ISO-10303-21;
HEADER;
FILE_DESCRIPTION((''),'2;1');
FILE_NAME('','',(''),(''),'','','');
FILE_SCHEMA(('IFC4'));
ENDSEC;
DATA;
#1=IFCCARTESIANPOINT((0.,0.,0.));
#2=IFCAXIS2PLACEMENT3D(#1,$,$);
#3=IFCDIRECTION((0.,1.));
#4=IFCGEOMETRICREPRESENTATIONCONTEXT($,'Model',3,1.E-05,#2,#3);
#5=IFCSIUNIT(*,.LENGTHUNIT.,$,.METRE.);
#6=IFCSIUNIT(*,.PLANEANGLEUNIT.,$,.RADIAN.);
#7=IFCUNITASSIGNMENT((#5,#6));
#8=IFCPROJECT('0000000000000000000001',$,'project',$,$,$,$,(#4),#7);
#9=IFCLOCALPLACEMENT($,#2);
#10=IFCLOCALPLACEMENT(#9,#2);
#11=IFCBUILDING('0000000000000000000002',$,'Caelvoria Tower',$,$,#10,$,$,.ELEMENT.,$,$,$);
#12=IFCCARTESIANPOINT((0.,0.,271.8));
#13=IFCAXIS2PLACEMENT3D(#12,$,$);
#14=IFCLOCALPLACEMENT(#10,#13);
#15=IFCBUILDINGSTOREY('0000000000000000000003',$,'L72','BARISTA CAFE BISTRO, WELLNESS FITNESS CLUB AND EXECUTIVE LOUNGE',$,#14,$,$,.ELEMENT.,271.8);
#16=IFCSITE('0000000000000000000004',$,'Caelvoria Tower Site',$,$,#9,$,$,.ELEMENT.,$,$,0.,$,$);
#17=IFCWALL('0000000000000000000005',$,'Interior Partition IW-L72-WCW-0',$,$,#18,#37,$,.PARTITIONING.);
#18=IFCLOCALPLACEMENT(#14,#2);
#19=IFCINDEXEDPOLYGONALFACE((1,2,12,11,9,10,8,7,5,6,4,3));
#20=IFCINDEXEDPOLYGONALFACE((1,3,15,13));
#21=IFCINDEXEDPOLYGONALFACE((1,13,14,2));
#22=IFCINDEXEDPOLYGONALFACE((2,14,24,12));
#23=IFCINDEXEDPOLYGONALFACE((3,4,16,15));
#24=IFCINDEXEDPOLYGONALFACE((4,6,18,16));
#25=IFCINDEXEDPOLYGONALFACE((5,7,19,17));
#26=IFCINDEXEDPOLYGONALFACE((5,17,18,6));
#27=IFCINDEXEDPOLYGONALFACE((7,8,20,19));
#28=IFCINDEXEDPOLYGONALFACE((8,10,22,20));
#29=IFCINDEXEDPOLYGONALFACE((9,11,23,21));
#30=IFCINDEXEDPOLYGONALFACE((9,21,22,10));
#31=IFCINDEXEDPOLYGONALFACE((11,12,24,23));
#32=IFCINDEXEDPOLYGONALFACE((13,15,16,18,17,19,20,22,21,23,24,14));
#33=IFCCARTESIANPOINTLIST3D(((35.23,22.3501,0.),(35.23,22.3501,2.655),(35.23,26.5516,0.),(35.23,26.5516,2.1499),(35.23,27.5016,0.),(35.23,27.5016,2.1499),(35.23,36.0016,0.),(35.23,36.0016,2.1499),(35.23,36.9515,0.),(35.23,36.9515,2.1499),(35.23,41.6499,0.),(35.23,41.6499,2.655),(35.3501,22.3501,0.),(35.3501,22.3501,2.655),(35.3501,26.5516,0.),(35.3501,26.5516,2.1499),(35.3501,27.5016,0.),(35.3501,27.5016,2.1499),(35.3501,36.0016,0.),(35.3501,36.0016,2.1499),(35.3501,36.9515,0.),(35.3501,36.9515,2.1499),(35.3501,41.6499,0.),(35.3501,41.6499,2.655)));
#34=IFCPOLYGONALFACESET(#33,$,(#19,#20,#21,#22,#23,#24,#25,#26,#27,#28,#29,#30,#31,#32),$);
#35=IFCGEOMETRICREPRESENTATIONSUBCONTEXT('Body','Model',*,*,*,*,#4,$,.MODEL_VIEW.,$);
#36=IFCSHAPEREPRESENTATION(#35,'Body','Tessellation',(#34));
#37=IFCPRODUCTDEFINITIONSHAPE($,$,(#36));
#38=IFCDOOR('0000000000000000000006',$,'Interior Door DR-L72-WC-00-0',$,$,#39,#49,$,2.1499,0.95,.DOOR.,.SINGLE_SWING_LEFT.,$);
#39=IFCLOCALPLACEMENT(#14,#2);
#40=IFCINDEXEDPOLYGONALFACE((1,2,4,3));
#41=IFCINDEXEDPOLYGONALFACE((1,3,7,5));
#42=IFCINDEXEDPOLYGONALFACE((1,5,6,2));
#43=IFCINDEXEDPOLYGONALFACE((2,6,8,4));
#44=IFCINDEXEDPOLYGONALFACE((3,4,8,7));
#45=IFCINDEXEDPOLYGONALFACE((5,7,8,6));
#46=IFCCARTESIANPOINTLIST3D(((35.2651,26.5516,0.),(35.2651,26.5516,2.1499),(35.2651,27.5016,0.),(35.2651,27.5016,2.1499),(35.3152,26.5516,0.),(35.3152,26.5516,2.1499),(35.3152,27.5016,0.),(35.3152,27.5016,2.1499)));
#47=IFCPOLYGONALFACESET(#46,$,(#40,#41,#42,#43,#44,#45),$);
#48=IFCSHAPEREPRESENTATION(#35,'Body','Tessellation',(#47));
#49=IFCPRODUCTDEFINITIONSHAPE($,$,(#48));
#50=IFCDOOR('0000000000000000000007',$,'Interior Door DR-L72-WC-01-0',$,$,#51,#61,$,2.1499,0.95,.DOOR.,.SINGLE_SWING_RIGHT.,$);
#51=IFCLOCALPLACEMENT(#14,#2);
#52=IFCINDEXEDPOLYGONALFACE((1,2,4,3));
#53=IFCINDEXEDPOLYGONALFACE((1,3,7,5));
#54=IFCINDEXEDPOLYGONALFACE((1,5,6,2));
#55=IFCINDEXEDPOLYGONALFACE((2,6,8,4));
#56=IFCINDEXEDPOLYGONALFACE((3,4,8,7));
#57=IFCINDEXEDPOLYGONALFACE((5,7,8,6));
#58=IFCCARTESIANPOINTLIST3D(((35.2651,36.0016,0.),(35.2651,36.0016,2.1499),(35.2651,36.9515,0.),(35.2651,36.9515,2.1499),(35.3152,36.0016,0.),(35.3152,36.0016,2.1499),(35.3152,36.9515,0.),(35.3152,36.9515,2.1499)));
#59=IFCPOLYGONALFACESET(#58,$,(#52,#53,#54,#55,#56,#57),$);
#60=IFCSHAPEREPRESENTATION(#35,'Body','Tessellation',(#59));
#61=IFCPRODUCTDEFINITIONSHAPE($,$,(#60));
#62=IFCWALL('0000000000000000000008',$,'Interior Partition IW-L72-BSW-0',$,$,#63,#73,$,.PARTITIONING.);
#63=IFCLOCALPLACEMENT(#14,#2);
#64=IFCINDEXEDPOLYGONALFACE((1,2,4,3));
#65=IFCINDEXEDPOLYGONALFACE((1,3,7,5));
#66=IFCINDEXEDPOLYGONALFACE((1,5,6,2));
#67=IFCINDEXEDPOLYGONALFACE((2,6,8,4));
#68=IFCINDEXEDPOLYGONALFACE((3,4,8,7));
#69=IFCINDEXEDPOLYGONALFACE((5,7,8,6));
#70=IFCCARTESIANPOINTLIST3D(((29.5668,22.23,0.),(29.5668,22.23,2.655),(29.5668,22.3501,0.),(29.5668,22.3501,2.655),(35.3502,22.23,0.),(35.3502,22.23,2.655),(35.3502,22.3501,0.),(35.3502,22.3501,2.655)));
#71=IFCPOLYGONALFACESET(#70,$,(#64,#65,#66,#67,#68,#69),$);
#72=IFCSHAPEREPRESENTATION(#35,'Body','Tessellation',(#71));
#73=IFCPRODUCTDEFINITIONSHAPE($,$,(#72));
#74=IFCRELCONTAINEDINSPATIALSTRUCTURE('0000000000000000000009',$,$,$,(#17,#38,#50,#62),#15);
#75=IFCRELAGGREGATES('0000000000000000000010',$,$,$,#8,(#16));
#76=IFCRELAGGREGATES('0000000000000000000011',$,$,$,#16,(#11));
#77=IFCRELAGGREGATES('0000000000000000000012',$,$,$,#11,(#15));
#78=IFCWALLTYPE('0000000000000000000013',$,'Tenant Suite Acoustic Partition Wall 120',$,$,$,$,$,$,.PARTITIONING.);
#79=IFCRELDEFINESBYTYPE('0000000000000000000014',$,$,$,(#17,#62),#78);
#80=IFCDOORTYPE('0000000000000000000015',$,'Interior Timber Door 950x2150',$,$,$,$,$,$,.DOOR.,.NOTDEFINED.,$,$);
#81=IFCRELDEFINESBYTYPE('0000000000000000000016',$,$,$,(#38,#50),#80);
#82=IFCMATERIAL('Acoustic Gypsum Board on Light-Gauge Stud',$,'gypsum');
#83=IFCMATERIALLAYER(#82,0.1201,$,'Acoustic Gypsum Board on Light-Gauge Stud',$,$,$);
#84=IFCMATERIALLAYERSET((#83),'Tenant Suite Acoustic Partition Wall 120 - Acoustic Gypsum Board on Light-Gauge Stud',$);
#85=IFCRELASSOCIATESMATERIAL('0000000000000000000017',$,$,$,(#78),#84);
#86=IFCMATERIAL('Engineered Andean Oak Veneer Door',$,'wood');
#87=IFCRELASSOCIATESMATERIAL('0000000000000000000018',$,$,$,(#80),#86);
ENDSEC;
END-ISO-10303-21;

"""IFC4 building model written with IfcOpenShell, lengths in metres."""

from ifc_helpers import new_model, si_unit, direction, frame, frame_2d, origin, place, context, subcontext, project, spatial, rectangle, extrude, material, layer, layer_set, type_object, element, fill, save


model = new_model("IFC4")

# Units and contexts
model_context = context("Model", 3, precision=1e-05, world=origin(), true_north=direction((0.0, 1.0)))
body_context = subcontext(model_context, "Body", "Model", "MODEL_VIEW")
ifc_project = project(units=[si_unit("LENGTHUNIT", "METRE"), si_unit("PLANEANGLEUNIT", "RADIAN")], contexts=[model_context])

# Site, building, storey
site_placement = place(None, origin())
site = spatial("IfcSite", under=ifc_project, at=site_placement, Name="Caelvoria Tower Site", CompositionType="ELEMENT", RefElevation=0.0)
building_placement = place(site_placement, origin())
building = spatial("IfcBuilding", under=site, at=building_placement, Name="Caelvoria Tower", CompositionType="ELEMENT")
storey_placement = place(building_placement, frame((0.0, 0.0, 271.8)))
storey = spatial("IfcBuildingStorey", under=building, at=storey_placement, Name="L72", Description="BARISTA CAFE BISTRO, WELLNESS FITNESS CLUB AND EXECUTIVE LOUNGE", CompositionType="ELEMENT", Elevation=271.8)

# Shared definitions
ifc_material_1 = material(Name="Engineered Andean Oak Veneer Door", Category="wood")
ifc_material_2 = material(Name="Acoustic Gypsum Board on Light-Gauge Stud", Category="gypsum")
ifc_layer_1 = layer(ifc_material_2, 0.1201, Name="Acoustic Gypsum Board on Light-Gauge Stud")
ifc_layer_set_1 = layer_set([ifc_layer_1], Name="Tenant Suite Acoustic Partition Wall 120 - Acoustic Gypsum Board on Light-Gauge Stud")
wall_type_1 = type_object("IfcWallType", Name="Tenant Suite Acoustic Partition Wall 120", PredefinedType="PARTITIONING", material=ifc_layer_set_1)

# Wall, openings, doors
wall_1_placement = place(storey_placement, frame((35.29, 22.3501, 0.0), z_axis=(0.0, 0.0, 1.0), x_axis=(0.0, 1.0, 0.0)))
wall_1 = element("IfcWall", 1, at=wall_1_placement, inside=storey, type_object=wall_type_1, Name="Interior Partition IW-L72-WCW-0", PredefinedType="PARTITIONING", context=body_context, shape_type="SweptSolid", body=[
    extrude(rectangle(XDim=19.2998, YDim=0.1201, at=frame_2d((9.6499, 0.0))), origin(), (0.0, 0.0, 1.0), 2.655),
])
opening_1_placement = place(wall_1_placement, frame((4.2014, 0.0, 0.0)))
opening_1 = element("IfcOpeningElement", 2, at=opening_1_placement, cuts=wall_1, PredefinedType="OPENING", context=body_context, shape_type="SweptSolid", body=[
    extrude(rectangle(XDim=0.95, YDim=2.1499, at=frame_2d((0.4751, 1.075))), frame((0.0, 0.0701, 0.0), z_axis=(0.0, -1.0, 0.0), x_axis=(1.0, 0.0, 0.0)), (0.0, 0.0, 1.0), 0.1401),
])
opening_2_placement = place(wall_1_placement, frame((13.6514, 0.0, 0.0)))
opening_2 = element("IfcOpeningElement", 3, at=opening_2_placement, cuts=wall_1, PredefinedType="OPENING", context=body_context, shape_type="SweptSolid", body=[
    extrude(rectangle(XDim=0.95, YDim=2.1499, at=frame_2d((0.4751, 1.075))), frame((0.0, 0.0701, 0.0), z_axis=(0.0, -1.0, 0.0), x_axis=(1.0, 0.0, 0.0)), (0.0, 0.0, 1.0), 0.1401),
])
door_type_1 = type_object("IfcDoorType", Name="Interior Timber Door 950x2150", OperationType="NOTDEFINED", PredefinedType="DOOR", material=ifc_material_1)
door_1_placement = place(opening_1_placement, origin())
door_1 = element("IfcDoor", 4, at=door_1_placement, inside=storey, type_object=door_type_1, Name="Interior Door DR-L72-WC-00-0", OperationType="SINGLE_SWING_LEFT", OverallHeight=2.1499, OverallWidth=0.95, PredefinedType="DOOR", context=body_context, shape_type="SweptSolid", body=[
    extrude(rectangle(XDim=0.95, YDim=2.1499, at=frame_2d((0.4751, 1.075))), frame((0.0, 0.0249, 0.0), z_axis=(0.0, -1.0, 0.0), x_axis=(1.0, 0.0, 0.0)), (0.0, 0.0, 1.0), 0.05),
])
fill(opening_1, door_1)
door_2_placement = place(opening_2_placement, origin())
door_2 = element("IfcDoor", 5, at=door_2_placement, inside=storey, type_object=door_type_1, Name="Interior Door DR-L72-WC-01-0", OperationType="SINGLE_SWING_RIGHT", OverallHeight=2.1499, OverallWidth=0.95, PredefinedType="DOOR", context=body_context, shape_type="SweptSolid", body=[
    extrude(rectangle(XDim=0.95, YDim=2.1499, at=frame_2d((0.4751, 1.075))), frame((0.0, 0.0249, 0.0), z_axis=(0.0, -1.0, 0.0), x_axis=(1.0, 0.0, 0.0)), (0.0, 0.0, 1.0), 0.05),
])
fill(opening_2, door_2)

# Wall
wall_2_placement = place(storey_placement, frame((35.3501, 22.29, 0.0), z_axis=(0.0, 0.0, 1.0), x_axis=(-1.0, 0.0, 0.0)))
element("IfcWall", 6, at=wall_2_placement, inside=storey, type_object=wall_type_1, Name="Interior Partition IW-L72-BSW-0", PredefinedType="PARTITIONING", context=body_context, shape_type="SweptSolid", body=[
    extrude(rectangle(XDim=5.7834, YDim=0.1201, at=frame_2d((2.8916, 0.0))), origin(), (0.0, 0.0, 1.0), 2.655),
])

save(model, "model.ifc")
